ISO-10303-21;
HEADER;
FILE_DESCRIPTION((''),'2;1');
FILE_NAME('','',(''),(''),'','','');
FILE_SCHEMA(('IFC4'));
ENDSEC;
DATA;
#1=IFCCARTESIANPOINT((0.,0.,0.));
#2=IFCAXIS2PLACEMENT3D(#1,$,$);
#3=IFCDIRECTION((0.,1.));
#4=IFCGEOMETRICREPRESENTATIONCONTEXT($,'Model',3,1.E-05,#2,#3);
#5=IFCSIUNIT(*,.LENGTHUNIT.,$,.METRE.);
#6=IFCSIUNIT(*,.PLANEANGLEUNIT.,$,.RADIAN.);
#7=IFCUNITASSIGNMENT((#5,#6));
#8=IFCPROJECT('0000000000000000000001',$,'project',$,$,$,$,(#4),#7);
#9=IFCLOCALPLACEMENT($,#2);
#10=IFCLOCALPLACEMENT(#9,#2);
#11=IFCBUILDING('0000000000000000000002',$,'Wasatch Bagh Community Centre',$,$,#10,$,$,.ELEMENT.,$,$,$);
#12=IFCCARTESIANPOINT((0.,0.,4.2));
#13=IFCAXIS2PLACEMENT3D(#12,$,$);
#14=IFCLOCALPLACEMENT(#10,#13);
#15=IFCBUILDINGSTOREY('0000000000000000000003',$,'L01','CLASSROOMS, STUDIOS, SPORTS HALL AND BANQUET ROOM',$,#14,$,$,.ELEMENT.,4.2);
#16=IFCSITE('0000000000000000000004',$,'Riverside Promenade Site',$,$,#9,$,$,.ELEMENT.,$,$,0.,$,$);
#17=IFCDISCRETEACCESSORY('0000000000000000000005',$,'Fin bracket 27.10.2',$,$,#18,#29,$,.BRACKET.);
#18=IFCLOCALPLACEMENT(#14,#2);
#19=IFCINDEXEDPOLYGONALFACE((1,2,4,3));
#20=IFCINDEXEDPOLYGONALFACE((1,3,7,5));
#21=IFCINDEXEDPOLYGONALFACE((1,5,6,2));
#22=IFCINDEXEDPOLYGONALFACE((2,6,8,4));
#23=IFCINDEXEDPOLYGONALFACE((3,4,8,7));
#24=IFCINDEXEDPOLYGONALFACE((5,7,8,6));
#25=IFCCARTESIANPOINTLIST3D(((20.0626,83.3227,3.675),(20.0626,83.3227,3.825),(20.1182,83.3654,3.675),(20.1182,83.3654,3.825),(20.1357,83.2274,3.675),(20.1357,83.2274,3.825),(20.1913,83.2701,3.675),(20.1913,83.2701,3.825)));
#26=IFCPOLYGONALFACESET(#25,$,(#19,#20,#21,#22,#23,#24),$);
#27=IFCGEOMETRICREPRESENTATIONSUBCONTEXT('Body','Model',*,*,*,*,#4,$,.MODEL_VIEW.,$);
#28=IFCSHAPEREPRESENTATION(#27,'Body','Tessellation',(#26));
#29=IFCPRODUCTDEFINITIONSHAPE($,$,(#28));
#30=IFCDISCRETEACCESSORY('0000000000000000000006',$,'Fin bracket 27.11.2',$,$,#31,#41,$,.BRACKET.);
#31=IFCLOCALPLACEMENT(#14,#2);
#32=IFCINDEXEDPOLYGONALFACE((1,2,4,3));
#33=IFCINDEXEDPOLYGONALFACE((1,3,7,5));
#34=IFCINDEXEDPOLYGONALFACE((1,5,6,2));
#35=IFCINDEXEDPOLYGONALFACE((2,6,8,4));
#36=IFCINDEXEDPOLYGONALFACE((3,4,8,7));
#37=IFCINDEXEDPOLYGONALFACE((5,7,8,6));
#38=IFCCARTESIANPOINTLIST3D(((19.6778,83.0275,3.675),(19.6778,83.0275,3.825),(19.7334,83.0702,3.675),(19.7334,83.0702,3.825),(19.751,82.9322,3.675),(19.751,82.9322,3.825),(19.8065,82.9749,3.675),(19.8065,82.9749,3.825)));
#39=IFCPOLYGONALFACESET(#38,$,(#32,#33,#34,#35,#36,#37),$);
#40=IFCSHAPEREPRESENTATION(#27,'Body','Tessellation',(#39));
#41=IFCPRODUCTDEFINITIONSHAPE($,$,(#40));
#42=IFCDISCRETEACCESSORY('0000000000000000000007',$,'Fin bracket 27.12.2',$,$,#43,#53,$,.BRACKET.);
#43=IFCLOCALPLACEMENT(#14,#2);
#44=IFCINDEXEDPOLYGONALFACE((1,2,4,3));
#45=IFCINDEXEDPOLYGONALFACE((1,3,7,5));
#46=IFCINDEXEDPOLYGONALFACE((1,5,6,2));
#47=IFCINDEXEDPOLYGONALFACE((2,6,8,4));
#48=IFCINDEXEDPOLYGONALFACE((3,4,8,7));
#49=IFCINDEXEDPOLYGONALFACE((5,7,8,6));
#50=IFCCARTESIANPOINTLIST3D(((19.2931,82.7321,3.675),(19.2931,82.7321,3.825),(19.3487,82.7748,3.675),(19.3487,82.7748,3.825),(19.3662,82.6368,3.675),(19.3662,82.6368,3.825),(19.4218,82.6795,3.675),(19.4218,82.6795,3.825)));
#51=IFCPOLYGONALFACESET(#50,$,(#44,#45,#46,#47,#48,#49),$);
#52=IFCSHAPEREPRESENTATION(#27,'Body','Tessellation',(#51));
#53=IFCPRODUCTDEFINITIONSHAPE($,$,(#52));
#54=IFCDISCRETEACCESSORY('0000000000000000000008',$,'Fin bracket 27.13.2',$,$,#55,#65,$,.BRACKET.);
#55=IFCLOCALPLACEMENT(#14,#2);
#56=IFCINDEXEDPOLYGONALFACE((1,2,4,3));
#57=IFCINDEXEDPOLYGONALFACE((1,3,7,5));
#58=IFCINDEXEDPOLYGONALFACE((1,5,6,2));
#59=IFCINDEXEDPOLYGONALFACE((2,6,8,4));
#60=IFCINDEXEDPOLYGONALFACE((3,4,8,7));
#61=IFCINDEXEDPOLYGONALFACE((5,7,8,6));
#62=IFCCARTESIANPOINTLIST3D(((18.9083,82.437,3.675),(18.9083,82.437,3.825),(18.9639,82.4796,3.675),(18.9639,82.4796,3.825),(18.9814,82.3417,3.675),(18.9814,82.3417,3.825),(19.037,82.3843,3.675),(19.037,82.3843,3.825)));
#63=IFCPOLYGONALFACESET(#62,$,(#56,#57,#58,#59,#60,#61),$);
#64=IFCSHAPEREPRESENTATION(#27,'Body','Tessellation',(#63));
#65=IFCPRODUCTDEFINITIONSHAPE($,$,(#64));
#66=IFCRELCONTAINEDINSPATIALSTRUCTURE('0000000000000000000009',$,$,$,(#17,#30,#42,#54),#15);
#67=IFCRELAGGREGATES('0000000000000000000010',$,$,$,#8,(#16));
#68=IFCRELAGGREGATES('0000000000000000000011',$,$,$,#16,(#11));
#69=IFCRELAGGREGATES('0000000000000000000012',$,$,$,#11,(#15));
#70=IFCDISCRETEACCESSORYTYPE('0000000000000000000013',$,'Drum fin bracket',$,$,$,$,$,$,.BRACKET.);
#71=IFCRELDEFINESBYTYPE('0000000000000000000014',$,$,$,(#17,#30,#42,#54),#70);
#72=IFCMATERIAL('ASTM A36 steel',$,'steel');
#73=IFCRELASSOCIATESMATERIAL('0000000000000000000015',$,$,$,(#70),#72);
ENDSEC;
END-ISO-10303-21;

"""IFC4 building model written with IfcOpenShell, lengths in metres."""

from ifc_helpers import new_model, si_unit, direction, frame, origin, origin_2d, place, context, subcontext, project, spatial, rectangle, extrude, material, type_object, element, save


model = new_model("IFC4")

# Units and contexts
model_context = context("Model", 3, precision=1e-05, world=origin(), true_north=direction((0.0, 1.0)))
body_context = subcontext(model_context, "Body", "Model", "MODEL_VIEW")
ifc_project = project(units=[si_unit("LENGTHUNIT", "METRE"), si_unit("PLANEANGLEUNIT", "RADIAN")], contexts=[model_context])

# Site, building, storey
site_placement = place(None, origin())
site = spatial("IfcSite", under=ifc_project, at=site_placement, Name="Riverside Promenade Site", CompositionType="ELEMENT", RefElevation=0.0)
building_placement = place(site_placement, origin())
building = spatial("IfcBuilding", under=site, at=building_placement, Name="Wasatch Bagh Community Centre", CompositionType="ELEMENT")
storey_placement = place(building_placement, frame((0.0, 0.0, 4.2)))
storey = spatial("IfcBuildingStorey", under=building, at=storey_placement, Name="L01", Description="CLASSROOMS, STUDIOS, SPORTS HALL AND BANQUET ROOM", CompositionType="ELEMENT", Elevation=4.2)

# Discrete accessories
ifc_material_1 = material(Name="ASTM A36 steel", Category="steel")
discrete_accessory_type = type_object("IfcDiscreteAccessoryType", Name="Drum fin bracket", PredefinedType="BRACKET", material=ifc_material_1)
for number, where, z_axis, x_axis, name in (
    (1, (20.127, 83.2964, 3.675), (0.0, 0.0, 1.0), (-0.793353, -0.608761, 0.0), "Fin bracket 27.10.2"),
    (2, (19.7422, 83.0012, 3.675), (0.0, 0.0, 1.0), (-0.793353, -0.608761, 0.0), "Fin bracket 27.11.2"),
    (3, (19.3574, 82.7058, 3.675), (0.0, 0.0, 1.0), (-0.793353, -0.608761, 0.0), "Fin bracket 27.12.2"),
    (4, (18.9727, 82.4106, 3.675), (0.0, 0.0, 1.0), (-0.793353, -0.608761, 0.0), "Fin bracket 27.13.2"),
):
    element("IfcDiscreteAccessory", number, at=place(storey_placement, frame(where, z_axis=z_axis, x_axis=x_axis)), inside=storey, type_object=discrete_accessory_type, Name=name, PredefinedType="BRACKET", context=body_context, shape_type="SweptSolid", body=[
        extrude(rectangle(XDim=0.0701, YDim=0.1201, at=origin_2d()), origin(), (0.0, 0.0, 1.0), 0.1499),
    ])

save(model, "model.ifc")
